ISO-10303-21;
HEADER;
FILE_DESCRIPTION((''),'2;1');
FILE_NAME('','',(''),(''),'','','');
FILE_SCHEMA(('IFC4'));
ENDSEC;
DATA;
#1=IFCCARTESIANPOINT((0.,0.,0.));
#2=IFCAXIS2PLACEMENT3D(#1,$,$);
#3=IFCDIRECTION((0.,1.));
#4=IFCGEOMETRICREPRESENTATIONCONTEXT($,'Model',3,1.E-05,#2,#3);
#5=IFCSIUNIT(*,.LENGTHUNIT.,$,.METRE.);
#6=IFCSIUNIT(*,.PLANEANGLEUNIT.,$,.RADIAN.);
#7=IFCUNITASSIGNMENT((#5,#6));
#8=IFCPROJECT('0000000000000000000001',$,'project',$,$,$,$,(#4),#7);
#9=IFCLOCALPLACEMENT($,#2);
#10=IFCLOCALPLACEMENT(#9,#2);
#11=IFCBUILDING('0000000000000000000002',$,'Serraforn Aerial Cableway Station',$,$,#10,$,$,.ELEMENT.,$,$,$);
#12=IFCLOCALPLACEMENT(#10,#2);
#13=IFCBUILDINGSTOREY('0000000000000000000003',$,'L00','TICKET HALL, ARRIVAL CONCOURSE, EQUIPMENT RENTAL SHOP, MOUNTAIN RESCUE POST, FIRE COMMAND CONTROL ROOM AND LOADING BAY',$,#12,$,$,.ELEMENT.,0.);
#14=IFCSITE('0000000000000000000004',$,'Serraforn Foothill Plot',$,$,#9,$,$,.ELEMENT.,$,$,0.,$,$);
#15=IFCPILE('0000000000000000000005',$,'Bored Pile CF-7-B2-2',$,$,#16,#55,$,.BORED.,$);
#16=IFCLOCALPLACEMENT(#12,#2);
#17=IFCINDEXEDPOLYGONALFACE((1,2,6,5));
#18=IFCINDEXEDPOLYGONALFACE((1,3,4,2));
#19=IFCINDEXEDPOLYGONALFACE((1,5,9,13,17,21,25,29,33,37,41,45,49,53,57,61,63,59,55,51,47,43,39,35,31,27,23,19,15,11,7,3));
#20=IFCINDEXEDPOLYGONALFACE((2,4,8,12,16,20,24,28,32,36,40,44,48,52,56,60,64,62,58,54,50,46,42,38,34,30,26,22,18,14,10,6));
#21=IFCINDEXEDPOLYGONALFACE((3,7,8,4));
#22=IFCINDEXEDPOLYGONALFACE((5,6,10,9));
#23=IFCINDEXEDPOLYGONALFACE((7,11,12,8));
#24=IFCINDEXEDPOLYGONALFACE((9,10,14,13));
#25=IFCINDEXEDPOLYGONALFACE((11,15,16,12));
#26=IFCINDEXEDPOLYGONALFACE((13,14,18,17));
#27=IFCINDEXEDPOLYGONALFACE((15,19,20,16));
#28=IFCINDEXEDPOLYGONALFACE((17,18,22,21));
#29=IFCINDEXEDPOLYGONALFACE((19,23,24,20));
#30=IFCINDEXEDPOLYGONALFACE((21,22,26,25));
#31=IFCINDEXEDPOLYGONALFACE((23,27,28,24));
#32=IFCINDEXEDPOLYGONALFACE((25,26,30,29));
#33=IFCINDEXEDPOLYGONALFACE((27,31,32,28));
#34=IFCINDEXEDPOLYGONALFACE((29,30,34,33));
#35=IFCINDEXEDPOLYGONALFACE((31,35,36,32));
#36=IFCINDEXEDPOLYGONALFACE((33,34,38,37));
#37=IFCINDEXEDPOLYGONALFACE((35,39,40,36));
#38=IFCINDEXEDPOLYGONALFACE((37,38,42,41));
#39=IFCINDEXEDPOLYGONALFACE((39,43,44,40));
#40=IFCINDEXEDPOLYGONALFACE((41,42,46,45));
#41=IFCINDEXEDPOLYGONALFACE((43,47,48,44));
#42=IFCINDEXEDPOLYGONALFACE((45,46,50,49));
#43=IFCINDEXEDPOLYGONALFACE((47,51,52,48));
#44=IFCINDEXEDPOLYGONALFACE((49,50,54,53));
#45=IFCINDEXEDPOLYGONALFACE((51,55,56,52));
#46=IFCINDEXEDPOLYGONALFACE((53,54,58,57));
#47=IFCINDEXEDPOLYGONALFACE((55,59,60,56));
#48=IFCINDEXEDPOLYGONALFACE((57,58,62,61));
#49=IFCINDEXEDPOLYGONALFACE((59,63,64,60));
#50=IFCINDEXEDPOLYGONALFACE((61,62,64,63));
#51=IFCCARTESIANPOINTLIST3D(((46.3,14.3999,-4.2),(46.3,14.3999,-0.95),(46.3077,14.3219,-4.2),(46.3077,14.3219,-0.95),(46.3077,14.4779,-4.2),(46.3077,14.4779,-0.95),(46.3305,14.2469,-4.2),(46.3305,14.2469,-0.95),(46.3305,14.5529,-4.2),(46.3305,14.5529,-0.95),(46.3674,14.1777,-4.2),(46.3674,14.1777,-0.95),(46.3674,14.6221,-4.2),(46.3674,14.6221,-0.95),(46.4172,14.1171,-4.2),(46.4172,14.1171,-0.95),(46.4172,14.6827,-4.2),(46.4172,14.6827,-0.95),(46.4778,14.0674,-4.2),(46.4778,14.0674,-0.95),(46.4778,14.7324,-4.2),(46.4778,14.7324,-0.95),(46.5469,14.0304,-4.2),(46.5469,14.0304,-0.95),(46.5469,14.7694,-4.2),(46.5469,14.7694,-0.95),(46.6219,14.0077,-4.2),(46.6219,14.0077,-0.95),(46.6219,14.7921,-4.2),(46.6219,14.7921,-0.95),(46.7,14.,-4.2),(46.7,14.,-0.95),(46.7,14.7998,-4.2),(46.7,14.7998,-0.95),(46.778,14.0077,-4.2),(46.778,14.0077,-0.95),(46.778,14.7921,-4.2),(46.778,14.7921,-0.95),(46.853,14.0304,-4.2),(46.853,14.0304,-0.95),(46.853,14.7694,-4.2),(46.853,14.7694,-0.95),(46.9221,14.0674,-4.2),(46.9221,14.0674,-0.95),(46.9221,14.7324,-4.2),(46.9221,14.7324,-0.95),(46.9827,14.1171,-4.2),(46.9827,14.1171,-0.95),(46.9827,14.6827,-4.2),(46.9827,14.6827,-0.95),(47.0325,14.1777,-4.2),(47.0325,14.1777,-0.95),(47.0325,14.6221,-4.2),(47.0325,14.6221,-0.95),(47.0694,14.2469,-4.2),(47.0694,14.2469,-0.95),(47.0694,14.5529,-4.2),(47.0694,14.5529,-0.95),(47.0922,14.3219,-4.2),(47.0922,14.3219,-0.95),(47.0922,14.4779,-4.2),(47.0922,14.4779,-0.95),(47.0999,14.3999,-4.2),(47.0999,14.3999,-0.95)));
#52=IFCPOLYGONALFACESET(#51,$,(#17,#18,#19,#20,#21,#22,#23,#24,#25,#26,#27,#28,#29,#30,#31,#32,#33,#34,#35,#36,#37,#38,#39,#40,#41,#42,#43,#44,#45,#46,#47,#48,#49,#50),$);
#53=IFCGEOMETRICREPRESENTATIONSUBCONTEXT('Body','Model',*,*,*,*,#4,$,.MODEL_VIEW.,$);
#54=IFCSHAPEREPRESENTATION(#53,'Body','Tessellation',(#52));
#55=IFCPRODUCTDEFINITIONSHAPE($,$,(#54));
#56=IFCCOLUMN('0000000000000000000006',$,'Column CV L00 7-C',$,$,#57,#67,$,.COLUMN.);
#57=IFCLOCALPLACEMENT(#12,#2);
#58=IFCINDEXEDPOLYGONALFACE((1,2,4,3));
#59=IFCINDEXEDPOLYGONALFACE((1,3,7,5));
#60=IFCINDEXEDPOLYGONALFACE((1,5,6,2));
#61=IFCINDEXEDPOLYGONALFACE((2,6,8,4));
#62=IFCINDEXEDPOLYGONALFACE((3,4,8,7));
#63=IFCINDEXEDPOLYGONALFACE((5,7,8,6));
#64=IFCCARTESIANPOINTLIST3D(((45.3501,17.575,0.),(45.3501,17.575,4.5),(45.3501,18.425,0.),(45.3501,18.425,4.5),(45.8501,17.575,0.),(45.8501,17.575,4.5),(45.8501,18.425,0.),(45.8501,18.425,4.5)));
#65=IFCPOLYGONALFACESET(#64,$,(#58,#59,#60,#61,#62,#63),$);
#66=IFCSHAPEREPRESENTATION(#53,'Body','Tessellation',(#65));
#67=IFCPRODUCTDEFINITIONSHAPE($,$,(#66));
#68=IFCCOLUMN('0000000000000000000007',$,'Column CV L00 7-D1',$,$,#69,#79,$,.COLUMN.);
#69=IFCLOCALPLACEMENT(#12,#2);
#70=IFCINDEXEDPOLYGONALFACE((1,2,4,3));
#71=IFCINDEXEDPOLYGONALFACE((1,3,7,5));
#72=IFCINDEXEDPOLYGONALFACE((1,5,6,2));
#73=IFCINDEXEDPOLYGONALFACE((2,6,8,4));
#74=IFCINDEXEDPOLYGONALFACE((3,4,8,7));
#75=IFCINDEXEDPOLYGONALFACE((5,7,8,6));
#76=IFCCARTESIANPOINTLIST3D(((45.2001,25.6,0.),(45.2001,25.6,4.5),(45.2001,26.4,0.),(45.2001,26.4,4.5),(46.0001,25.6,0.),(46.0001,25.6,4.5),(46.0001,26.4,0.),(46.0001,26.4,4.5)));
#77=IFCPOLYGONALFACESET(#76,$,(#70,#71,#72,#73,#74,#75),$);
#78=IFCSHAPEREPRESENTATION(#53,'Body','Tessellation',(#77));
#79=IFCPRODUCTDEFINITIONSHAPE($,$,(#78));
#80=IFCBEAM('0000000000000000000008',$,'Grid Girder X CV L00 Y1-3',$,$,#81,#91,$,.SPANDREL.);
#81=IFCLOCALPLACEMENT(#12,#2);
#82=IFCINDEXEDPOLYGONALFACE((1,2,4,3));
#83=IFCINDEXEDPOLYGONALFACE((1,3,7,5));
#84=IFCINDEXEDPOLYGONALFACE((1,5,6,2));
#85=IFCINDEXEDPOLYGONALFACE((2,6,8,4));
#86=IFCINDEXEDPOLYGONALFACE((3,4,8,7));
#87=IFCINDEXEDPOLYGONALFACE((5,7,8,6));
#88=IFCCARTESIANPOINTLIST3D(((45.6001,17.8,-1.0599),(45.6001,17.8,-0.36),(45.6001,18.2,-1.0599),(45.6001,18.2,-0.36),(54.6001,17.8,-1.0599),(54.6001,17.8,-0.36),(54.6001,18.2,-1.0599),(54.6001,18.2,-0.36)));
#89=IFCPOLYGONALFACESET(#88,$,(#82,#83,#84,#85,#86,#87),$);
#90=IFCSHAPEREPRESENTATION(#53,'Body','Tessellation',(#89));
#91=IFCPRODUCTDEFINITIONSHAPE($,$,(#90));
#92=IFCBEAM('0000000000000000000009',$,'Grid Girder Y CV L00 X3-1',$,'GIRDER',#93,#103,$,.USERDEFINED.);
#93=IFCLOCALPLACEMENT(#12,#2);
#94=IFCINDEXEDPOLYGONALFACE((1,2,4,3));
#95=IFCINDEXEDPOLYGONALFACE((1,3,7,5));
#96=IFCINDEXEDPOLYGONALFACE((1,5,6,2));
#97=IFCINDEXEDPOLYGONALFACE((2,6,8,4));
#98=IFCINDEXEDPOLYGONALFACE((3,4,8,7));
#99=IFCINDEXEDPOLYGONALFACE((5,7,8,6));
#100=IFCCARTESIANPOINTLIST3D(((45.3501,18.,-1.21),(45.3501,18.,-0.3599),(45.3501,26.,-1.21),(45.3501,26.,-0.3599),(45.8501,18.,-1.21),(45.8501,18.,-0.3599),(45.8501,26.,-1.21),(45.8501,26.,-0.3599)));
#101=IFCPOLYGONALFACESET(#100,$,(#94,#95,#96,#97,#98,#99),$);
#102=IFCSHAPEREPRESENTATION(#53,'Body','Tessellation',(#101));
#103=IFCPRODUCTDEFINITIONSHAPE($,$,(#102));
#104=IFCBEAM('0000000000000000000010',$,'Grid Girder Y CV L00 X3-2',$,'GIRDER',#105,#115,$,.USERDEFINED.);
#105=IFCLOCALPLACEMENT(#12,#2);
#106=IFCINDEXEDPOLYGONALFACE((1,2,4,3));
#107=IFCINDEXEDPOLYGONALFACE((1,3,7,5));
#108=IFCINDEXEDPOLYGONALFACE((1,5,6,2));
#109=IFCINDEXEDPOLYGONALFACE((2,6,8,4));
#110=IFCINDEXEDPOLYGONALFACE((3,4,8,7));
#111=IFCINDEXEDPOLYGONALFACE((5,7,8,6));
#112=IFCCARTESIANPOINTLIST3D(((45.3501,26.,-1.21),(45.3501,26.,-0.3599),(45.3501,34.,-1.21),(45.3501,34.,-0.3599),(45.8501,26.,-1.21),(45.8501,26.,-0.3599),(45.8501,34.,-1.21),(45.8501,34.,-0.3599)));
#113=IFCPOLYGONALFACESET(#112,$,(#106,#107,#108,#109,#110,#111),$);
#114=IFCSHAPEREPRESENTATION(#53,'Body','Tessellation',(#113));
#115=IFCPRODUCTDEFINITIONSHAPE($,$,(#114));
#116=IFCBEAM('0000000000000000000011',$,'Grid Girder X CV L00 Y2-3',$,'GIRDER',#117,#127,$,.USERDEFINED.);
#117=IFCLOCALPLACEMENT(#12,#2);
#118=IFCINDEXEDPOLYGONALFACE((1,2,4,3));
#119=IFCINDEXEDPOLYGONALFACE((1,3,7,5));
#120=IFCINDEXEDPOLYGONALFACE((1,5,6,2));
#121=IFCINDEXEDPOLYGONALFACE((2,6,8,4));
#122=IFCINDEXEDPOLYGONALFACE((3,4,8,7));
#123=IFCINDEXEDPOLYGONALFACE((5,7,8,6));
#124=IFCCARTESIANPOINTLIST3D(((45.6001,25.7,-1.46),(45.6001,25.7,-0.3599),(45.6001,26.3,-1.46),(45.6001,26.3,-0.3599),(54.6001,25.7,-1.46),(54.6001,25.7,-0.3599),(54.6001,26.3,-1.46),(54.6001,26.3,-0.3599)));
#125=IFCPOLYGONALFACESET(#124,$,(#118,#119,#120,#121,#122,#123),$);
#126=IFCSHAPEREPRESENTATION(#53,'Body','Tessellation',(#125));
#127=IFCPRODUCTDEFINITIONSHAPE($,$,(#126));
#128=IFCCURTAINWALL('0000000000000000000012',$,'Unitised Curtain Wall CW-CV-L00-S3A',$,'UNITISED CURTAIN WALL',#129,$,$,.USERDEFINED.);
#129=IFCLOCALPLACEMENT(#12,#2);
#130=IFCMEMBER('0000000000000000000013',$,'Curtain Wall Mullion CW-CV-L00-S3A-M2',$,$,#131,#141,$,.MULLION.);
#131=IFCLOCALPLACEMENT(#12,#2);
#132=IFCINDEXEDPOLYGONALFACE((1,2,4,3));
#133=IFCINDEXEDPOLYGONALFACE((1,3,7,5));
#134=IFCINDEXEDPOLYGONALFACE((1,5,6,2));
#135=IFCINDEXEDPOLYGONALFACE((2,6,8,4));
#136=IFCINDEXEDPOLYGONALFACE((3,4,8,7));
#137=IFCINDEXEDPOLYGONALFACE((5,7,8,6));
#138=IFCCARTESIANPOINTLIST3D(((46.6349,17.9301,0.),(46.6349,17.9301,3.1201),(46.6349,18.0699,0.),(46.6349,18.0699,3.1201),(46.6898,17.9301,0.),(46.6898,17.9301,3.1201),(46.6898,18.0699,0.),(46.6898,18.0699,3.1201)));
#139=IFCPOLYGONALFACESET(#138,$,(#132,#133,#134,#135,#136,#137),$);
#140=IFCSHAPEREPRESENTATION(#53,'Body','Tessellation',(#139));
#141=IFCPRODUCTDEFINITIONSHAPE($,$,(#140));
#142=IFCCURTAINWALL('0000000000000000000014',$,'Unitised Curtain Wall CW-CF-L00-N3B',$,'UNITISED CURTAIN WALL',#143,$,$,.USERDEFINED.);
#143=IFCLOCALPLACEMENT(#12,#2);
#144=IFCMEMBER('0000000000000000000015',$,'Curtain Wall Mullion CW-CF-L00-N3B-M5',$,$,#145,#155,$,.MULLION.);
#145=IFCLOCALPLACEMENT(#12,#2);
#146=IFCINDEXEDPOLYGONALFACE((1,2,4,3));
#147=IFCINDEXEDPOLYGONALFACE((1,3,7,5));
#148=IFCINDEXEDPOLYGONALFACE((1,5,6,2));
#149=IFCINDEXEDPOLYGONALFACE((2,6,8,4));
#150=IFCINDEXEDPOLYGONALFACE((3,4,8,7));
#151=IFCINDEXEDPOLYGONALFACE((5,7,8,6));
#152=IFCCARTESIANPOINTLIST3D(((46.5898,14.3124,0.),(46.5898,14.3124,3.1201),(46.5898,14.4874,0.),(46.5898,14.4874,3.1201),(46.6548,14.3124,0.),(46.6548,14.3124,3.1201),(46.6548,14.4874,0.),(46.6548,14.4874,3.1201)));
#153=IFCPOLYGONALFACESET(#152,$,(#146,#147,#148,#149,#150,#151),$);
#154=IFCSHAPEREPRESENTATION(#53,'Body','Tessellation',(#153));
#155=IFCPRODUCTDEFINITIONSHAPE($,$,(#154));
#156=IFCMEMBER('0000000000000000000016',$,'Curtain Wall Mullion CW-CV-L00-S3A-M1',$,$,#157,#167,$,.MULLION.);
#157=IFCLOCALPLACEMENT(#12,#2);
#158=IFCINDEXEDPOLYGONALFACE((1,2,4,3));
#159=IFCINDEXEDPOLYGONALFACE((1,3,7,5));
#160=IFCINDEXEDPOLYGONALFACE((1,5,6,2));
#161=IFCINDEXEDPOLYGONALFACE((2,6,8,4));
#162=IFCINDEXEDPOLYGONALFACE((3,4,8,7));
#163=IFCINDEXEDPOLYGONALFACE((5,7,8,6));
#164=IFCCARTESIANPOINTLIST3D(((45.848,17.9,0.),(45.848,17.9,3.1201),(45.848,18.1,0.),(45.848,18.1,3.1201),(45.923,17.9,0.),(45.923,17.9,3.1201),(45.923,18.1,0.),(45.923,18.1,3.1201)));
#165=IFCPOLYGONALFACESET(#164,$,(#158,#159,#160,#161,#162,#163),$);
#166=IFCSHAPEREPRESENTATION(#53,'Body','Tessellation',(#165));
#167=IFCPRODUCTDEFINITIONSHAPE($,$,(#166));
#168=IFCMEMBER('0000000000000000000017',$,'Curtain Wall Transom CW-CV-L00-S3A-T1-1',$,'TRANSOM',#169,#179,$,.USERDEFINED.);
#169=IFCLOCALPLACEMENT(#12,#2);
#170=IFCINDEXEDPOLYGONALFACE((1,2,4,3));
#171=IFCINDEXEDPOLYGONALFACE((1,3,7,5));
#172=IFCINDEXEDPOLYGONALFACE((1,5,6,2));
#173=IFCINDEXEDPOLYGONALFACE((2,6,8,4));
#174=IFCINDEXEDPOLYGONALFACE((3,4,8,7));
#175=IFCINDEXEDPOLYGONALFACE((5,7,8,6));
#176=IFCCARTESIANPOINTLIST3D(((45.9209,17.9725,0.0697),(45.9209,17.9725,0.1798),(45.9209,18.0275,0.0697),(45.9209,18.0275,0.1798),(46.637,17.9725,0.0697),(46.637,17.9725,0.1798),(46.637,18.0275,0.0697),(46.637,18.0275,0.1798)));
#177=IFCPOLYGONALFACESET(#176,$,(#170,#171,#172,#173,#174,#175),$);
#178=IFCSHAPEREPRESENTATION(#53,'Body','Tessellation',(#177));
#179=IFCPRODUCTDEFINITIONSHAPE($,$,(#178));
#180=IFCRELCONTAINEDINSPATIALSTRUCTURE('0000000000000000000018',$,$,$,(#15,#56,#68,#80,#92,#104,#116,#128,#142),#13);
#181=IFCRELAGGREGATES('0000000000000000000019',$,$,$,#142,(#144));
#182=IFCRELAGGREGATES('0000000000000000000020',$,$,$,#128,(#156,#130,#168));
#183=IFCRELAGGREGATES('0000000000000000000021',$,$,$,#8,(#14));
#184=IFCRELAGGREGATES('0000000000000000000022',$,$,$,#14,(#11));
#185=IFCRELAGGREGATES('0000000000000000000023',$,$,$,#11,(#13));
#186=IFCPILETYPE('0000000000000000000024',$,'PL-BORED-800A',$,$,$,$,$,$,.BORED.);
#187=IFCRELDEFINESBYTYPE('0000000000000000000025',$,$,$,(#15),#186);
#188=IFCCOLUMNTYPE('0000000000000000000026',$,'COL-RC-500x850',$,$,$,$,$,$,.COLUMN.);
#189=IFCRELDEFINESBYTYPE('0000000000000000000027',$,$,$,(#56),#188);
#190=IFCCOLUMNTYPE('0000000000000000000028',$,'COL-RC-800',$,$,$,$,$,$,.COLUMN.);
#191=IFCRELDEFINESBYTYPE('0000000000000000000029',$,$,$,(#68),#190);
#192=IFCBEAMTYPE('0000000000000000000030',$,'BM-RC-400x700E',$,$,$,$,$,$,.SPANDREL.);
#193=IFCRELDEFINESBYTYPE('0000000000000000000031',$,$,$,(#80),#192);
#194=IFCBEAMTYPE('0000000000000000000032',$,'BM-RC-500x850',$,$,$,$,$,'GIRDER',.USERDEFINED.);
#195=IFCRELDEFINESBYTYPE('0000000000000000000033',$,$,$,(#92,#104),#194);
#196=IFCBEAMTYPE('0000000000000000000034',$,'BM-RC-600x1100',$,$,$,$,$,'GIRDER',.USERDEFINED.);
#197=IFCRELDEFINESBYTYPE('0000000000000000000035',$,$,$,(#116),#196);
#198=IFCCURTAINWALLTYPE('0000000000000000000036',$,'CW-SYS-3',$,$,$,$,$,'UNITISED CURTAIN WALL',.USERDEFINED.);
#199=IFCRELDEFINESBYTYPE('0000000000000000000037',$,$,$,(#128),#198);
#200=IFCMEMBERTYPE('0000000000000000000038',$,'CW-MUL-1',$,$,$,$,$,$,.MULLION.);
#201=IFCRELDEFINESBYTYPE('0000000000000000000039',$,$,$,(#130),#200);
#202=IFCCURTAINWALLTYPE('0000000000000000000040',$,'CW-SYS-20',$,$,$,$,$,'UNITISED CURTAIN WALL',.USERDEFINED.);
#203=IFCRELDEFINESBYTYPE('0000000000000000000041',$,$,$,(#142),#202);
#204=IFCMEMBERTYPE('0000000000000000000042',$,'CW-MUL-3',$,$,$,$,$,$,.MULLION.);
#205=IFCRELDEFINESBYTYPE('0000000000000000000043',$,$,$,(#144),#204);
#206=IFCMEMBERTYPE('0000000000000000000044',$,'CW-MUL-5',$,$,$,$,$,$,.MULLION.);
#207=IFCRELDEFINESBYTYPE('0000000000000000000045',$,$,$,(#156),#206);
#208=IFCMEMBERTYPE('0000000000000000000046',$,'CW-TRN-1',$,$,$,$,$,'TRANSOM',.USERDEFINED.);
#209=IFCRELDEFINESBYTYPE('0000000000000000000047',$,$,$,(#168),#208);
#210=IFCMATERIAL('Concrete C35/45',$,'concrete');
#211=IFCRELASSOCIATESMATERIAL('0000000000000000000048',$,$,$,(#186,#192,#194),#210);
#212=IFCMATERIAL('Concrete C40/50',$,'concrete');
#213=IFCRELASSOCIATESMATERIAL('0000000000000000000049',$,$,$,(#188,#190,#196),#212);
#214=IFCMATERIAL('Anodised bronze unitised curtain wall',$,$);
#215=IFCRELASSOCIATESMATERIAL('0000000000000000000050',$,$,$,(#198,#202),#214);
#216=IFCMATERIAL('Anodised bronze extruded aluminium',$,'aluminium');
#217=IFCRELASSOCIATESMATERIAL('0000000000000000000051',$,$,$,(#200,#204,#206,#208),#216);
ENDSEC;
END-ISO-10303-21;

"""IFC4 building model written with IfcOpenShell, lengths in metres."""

from ifc_helpers import new_model, si_unit, direction, frame, origin, origin_2d, place, context, subcontext, project, spatial, rectangle, circle, extrude, material, material_profile, profile_set, type_object, element, aggregate, save


model = new_model("IFC4")

# Units and contexts
model_context = context("Model", 3, precision=1e-05, world=origin(), true_north=direction((0.0, 1.0)))
body_context = subcontext(model_context, "Body", "Model", "MODEL_VIEW")
ifc_project = project(units=[si_unit("LENGTHUNIT", "METRE"), si_unit("PLANEANGLEUNIT", "RADIAN")], contexts=[model_context])

# Site, building, storey
site_placement = place(None, origin())
site = spatial("IfcSite", under=ifc_project, at=site_placement, Name="Serraforn Foothill Plot", CompositionType="ELEMENT", RefElevation=0.0)
building_placement = place(site_placement, origin())
building = spatial("IfcBuilding", under=site, at=building_placement, Name="Serraforn Aerial Cableway Station", CompositionType="ELEMENT")
storey_placement = place(building_placement, origin())
storey = spatial("IfcBuildingStorey", under=building, at=storey_placement, Name="L00", Description="TICKET HALL, ARRIVAL CONCOURSE, EQUIPMENT RENTAL SHOP, MOUNTAIN RESCUE POST, FIRE COMMAND CONTROL ROOM AND LOADING BAY", CompositionType="ELEMENT", Elevation=0.0)

# Pile
ifc_material_1 = material(Name="Concrete C35/45", Category="concrete")
ifc_material_profile_1 = material_profile(ifc_material_1, circle(Radius=0.3999, at=origin_2d()), Name="BORED PILE D800")
ifc_profile_set_1 = profile_set([ifc_material_profile_1], Name="Concrete C35/45")
pile_type = type_object("IfcPileType", Name="PL-BORED-800A", PredefinedType="BORED", material=ifc_profile_set_1)
pile_placement = place(storey_placement, frame((46.7, 14.3999, -0.95), z_axis=(0.0, 0.0, -1.0), x_axis=(1.0, 0.0, 0.0)))
element("IfcPile", 1, at=pile_placement, inside=storey, type_object=pile_type, Name="Bored Pile CF-7-B2-2", PredefinedType="BORED", context=body_context, shape_type="SweptSolid", body=[
    extrude(circle(Radius=0.3999, at=origin_2d()), origin(), (0.0, 0.0, 1.0), 3.25),
])

# Columns
ifc_material_2 = material(Name="Concrete C40/50", Category="concrete")
ifc_material_profile_2 = material_profile(ifc_material_2, rectangle(XDim=0.5, YDim=0.8501, at=origin_2d()), Name="RC 500x850")
ifc_profile_set_2 = profile_set([ifc_material_profile_2], Name="Concrete C40/50")
column_type_1 = type_object("IfcColumnType", Name="COL-RC-500x850", PredefinedType="COLUMN", material=ifc_profile_set_2)
column_1_placement = place(storey_placement, frame((45.6001, 18.0, 0.0), z_axis=(0.0, 0.0, 1.0), x_axis=(1.0, 0.0, 0.0)))
element("IfcColumn", 2, at=column_1_placement, inside=storey, type_object=column_type_1, Name="Column CV L00 7-C", PredefinedType="COLUMN", context=body_context, shape_type="SweptSolid", body=[
    extrude(rectangle(XDim=0.5, YDim=0.8501, at=origin_2d()), origin(), (0.0, 0.0, 1.0), 4.5),
])
ifc_material_profile_3 = material_profile(ifc_material_2, rectangle(XDim=0.8, YDim=0.8, at=origin_2d()), Name="RC 800x800")
ifc_profile_set_3 = profile_set([ifc_material_profile_3], Name="Concrete C40/50")
column_type_2 = type_object("IfcColumnType", Name="COL-RC-800", PredefinedType="COLUMN", material=ifc_profile_set_3)
column_2_placement = place(storey_placement, frame((45.6001, 26.0, 0.0), z_axis=(0.0, 0.0, 1.0), x_axis=(1.0, 0.0, 0.0)))
element("IfcColumn", 3, at=column_2_placement, inside=storey, type_object=column_type_2, Name="Column CV L00 7-D1", PredefinedType="COLUMN", context=body_context, shape_type="SweptSolid", body=[
    extrude(rectangle(XDim=0.8, YDim=0.8, at=origin_2d()), origin(), (0.0, 0.0, 1.0), 4.5),
])

# Beams
ifc_material_profile_4 = material_profile(ifc_material_1, rectangle(XDim=0.3999, YDim=0.7, at=origin_2d()), Name="RC 400x700")
ifc_profile_set_4 = profile_set([ifc_material_profile_4], Name="Concrete C35/45")
beam_type_1 = type_object("IfcBeamType", Name="BM-RC-400x700E", PredefinedType="SPANDREL", material=ifc_profile_set_4)
beam_1_placement = place(storey_placement, frame((45.6001, 18.0, -0.71), z_axis=(1.0, 0.0, 0.0), x_axis=(0.0, 1.0, 0.0)))
element("IfcBeam", 4, at=beam_1_placement, inside=storey, type_object=beam_type_1, Name="Grid Girder X CV L00 Y1-3", PredefinedType="SPANDREL", context=body_context, shape_type="SweptSolid", body=[
    extrude(rectangle(XDim=0.3999, YDim=0.7, at=origin_2d()), origin(), (0.0, 0.0, 1.0), 9.0),
])
ifc_material_profile_5 = material_profile(ifc_material_1, rectangle(XDim=0.5, YDim=0.8501, at=origin_2d()), Name="RC 500x850")
ifc_profile_set_5 = profile_set([ifc_material_profile_5], Name="Concrete C35/45")
beam_type_2 = type_object("IfcBeamType", Name="BM-RC-500x850", ElementType="GIRDER", PredefinedType="USERDEFINED", material=ifc_profile_set_5)
for number, where, z_axis, x_axis, name in (
    (5, (45.6001, 18.0, -0.7849), (0.0, 1.0, 0.0), (-1.0, 0.0, 0.0), "Grid Girder Y CV L00 X3-1"),
    (6, (45.6001, 26.0, -0.7849), (0.0, 1.0, 0.0), (-1.0, 0.0, 0.0), "Grid Girder Y CV L00 X3-2"),
):
    element("IfcBeam", number, at=place(storey_placement, frame(where, z_axis=z_axis, x_axis=x_axis)), inside=storey, type_object=beam_type_2, Name=name, ObjectType="GIRDER", PredefinedType="USERDEFINED", context=body_context, shape_type="SweptSolid", body=[
        extrude(rectangle(XDim=0.5, YDim=0.8501, at=origin_2d()), origin(), (0.0, 0.0, 1.0), 8.0),
    ])
ifc_material_profile_6 = material_profile(ifc_material_2, rectangle(XDim=0.6001, YDim=1.1001, at=origin_2d()), Name="RC 600x1100")
ifc_profile_set_6 = profile_set([ifc_material_profile_6], Name="Concrete C40/50")
beam_type_3 = type_object("IfcBeamType", Name="BM-RC-600x1100", ElementType="GIRDER", PredefinedType="USERDEFINED", material=ifc_profile_set_6)
beam_2_placement = place(storey_placement, frame((45.6001, 26.0, -0.9099), z_axis=(1.0, 0.0, 0.0), x_axis=(0.0, 1.0, 0.0)))
element("IfcBeam", 7, at=beam_2_placement, inside=storey, type_object=beam_type_3, Name="Grid Girder X CV L00 Y2-3", ObjectType="GIRDER", PredefinedType="USERDEFINED", context=body_context, shape_type="SweptSolid", body=[
    extrude(rectangle(XDim=0.6001, YDim=1.1001, at=origin_2d()), origin(), (0.0, 0.0, 1.0), 9.0),
])

# Curtain walls, members
ifc_material_3 = material(Name="Anodised bronze unitised curtain wall")
curtain_wall_type_1 = type_object("IfcCurtainWallType", Name="CW-SYS-3", ElementType="UNITISED CURTAIN WALL", PredefinedType="USERDEFINED", material=ifc_material_3)
curtain_wall_1_placement = place(storey_placement, origin())
curtain_wall_1 = element("IfcCurtainWall", 8, at=curtain_wall_1_placement, inside=storey, type_object=curtain_wall_type_1, Name="Unitised Curtain Wall CW-CV-L00-S3A", ObjectType="UNITISED CURTAIN WALL", PredefinedType="USERDEFINED")
ifc_material_4 = material(Name="Anodised bronze extruded aluminium", Category="aluminium")
ifc_material_profile_7 = material_profile(ifc_material_4, rectangle(XDim=0.0549, YDim=0.1399, at=origin_2d()), Name="CW MULLION 55x140")
ifc_profile_set_7 = profile_set([ifc_material_profile_7], Name="Anodised bronze extruded aluminium")
member_type_1 = type_object("IfcMemberType", Name="CW-MUL-1", PredefinedType="MULLION", material=ifc_profile_set_7)
member_1_placement = place(storey_placement, frame((46.6624, 18.0, 0.0), z_axis=(0.0, 0.0, 1.0), x_axis=(1.0, 0.0, 0.0)))
member_1 = element("IfcMember", 9, at=member_1_placement, type_object=member_type_1, Name="Curtain Wall Mullion CW-CV-L00-S3A-M2", PredefinedType="MULLION", context=body_context, shape_type="SweptSolid", body=[
    extrude(rectangle(XDim=0.0549, YDim=0.1399, at=origin_2d()), origin(), (0.0, 0.0, 1.0), 3.1201),
])
curtain_wall_type_2 = type_object("IfcCurtainWallType", Name="CW-SYS-20", ElementType="UNITISED CURTAIN WALL", PredefinedType="USERDEFINED", material=ifc_material_3)
curtain_wall_2_placement = place(storey_placement, origin())
curtain_wall_2 = element("IfcCurtainWall", 10, at=curtain_wall_2_placement, inside=storey, type_object=curtain_wall_type_2, Name="Unitised Curtain Wall CW-CF-L00-N3B", ObjectType="UNITISED CURTAIN WALL", PredefinedType="USERDEFINED")
ifc_material_profile_8 = material_profile(ifc_material_4, rectangle(XDim=0.0649, YDim=0.175, at=origin_2d()), Name="CW MULLION 65x175")
ifc_profile_set_8 = profile_set([ifc_material_profile_8], Name="Anodised bronze extruded aluminium")
member_type_2 = type_object("IfcMemberType", Name="CW-MUL-3", PredefinedType="MULLION", material=ifc_profile_set_8)
member_2_placement = place(storey_placement, frame((46.6223, 14.3999, 0.0), z_axis=(0.0, 0.0, 1.0), x_axis=(-1.0, 0.0, 0.0)))
member_2 = element("IfcMember", 11, at=member_2_placement, type_object=member_type_2, Name="Curtain Wall Mullion CW-CF-L00-N3B-M5", PredefinedType="MULLION", context=body_context, shape_type="SweptSolid", body=[
    extrude(rectangle(XDim=0.0649, YDim=0.175, at=origin_2d()), origin(), (0.0, 0.0, 1.0), 3.1201),
])

# Members
ifc_material_profile_9 = material_profile(ifc_material_4, rectangle(XDim=0.075, YDim=0.2, at=origin_2d()), Name="CW MULLION 75x200")
ifc_profile_set_9 = profile_set([ifc_material_profile_9], Name="Anodised bronze extruded aluminium")
member_type_3 = type_object("IfcMemberType", Name="CW-MUL-5", PredefinedType="MULLION", material=ifc_profile_set_9)
member_3_placement = place(storey_placement, frame((45.8855, 18.0, 0.0), z_axis=(0.0, 0.0, 1.0), x_axis=(1.0, 0.0, 0.0)))
member_3 = element("IfcMember", 12, at=member_3_placement, type_object=member_type_3, Name="Curtain Wall Mullion CW-CV-L00-S3A-M1", PredefinedType="MULLION", context=body_context, shape_type="SweptSolid", body=[
    extrude(rectangle(XDim=0.075, YDim=0.2, at=origin_2d()), origin(), (0.0, 0.0, 1.0), 3.1201),
])
ifc_material_profile_10 = material_profile(ifc_material_4, rectangle(XDim=0.0549, YDim=0.1101, at=origin_2d()), Name="CW TRANSOM 55x110")
ifc_profile_set_10 = profile_set([ifc_material_profile_10], Name="Anodised bronze extruded aluminium")
member_type_4 = type_object("IfcMemberType", Name="CW-TRN-1", ElementType="TRANSOM", PredefinedType="USERDEFINED", material=ifc_profile_set_10)
member_4_placement = place(storey_placement, frame((45.9209, 18.0, 0.1248), z_axis=(1.0, 0.0, 0.0), x_axis=(0.0, 1.0, 0.0)))
member_4 = element("IfcMember", 13, at=member_4_placement, type_object=member_type_4, Name="Curtain Wall Transom CW-CV-L00-S3A-T1-1", ObjectType="TRANSOM", PredefinedType="USERDEFINED", context=body_context, shape_type="SweptSolid", body=[
    extrude(rectangle(XDim=0.0549, YDim=0.1101, at=origin_2d()), origin(), (0.0, 0.0, 1.0), 0.7161),
])

aggregate(curtain_wall_2, [member_2])
aggregate(curtain_wall_1, [member_3, member_1, member_4])

save(model, "model.ifc")
